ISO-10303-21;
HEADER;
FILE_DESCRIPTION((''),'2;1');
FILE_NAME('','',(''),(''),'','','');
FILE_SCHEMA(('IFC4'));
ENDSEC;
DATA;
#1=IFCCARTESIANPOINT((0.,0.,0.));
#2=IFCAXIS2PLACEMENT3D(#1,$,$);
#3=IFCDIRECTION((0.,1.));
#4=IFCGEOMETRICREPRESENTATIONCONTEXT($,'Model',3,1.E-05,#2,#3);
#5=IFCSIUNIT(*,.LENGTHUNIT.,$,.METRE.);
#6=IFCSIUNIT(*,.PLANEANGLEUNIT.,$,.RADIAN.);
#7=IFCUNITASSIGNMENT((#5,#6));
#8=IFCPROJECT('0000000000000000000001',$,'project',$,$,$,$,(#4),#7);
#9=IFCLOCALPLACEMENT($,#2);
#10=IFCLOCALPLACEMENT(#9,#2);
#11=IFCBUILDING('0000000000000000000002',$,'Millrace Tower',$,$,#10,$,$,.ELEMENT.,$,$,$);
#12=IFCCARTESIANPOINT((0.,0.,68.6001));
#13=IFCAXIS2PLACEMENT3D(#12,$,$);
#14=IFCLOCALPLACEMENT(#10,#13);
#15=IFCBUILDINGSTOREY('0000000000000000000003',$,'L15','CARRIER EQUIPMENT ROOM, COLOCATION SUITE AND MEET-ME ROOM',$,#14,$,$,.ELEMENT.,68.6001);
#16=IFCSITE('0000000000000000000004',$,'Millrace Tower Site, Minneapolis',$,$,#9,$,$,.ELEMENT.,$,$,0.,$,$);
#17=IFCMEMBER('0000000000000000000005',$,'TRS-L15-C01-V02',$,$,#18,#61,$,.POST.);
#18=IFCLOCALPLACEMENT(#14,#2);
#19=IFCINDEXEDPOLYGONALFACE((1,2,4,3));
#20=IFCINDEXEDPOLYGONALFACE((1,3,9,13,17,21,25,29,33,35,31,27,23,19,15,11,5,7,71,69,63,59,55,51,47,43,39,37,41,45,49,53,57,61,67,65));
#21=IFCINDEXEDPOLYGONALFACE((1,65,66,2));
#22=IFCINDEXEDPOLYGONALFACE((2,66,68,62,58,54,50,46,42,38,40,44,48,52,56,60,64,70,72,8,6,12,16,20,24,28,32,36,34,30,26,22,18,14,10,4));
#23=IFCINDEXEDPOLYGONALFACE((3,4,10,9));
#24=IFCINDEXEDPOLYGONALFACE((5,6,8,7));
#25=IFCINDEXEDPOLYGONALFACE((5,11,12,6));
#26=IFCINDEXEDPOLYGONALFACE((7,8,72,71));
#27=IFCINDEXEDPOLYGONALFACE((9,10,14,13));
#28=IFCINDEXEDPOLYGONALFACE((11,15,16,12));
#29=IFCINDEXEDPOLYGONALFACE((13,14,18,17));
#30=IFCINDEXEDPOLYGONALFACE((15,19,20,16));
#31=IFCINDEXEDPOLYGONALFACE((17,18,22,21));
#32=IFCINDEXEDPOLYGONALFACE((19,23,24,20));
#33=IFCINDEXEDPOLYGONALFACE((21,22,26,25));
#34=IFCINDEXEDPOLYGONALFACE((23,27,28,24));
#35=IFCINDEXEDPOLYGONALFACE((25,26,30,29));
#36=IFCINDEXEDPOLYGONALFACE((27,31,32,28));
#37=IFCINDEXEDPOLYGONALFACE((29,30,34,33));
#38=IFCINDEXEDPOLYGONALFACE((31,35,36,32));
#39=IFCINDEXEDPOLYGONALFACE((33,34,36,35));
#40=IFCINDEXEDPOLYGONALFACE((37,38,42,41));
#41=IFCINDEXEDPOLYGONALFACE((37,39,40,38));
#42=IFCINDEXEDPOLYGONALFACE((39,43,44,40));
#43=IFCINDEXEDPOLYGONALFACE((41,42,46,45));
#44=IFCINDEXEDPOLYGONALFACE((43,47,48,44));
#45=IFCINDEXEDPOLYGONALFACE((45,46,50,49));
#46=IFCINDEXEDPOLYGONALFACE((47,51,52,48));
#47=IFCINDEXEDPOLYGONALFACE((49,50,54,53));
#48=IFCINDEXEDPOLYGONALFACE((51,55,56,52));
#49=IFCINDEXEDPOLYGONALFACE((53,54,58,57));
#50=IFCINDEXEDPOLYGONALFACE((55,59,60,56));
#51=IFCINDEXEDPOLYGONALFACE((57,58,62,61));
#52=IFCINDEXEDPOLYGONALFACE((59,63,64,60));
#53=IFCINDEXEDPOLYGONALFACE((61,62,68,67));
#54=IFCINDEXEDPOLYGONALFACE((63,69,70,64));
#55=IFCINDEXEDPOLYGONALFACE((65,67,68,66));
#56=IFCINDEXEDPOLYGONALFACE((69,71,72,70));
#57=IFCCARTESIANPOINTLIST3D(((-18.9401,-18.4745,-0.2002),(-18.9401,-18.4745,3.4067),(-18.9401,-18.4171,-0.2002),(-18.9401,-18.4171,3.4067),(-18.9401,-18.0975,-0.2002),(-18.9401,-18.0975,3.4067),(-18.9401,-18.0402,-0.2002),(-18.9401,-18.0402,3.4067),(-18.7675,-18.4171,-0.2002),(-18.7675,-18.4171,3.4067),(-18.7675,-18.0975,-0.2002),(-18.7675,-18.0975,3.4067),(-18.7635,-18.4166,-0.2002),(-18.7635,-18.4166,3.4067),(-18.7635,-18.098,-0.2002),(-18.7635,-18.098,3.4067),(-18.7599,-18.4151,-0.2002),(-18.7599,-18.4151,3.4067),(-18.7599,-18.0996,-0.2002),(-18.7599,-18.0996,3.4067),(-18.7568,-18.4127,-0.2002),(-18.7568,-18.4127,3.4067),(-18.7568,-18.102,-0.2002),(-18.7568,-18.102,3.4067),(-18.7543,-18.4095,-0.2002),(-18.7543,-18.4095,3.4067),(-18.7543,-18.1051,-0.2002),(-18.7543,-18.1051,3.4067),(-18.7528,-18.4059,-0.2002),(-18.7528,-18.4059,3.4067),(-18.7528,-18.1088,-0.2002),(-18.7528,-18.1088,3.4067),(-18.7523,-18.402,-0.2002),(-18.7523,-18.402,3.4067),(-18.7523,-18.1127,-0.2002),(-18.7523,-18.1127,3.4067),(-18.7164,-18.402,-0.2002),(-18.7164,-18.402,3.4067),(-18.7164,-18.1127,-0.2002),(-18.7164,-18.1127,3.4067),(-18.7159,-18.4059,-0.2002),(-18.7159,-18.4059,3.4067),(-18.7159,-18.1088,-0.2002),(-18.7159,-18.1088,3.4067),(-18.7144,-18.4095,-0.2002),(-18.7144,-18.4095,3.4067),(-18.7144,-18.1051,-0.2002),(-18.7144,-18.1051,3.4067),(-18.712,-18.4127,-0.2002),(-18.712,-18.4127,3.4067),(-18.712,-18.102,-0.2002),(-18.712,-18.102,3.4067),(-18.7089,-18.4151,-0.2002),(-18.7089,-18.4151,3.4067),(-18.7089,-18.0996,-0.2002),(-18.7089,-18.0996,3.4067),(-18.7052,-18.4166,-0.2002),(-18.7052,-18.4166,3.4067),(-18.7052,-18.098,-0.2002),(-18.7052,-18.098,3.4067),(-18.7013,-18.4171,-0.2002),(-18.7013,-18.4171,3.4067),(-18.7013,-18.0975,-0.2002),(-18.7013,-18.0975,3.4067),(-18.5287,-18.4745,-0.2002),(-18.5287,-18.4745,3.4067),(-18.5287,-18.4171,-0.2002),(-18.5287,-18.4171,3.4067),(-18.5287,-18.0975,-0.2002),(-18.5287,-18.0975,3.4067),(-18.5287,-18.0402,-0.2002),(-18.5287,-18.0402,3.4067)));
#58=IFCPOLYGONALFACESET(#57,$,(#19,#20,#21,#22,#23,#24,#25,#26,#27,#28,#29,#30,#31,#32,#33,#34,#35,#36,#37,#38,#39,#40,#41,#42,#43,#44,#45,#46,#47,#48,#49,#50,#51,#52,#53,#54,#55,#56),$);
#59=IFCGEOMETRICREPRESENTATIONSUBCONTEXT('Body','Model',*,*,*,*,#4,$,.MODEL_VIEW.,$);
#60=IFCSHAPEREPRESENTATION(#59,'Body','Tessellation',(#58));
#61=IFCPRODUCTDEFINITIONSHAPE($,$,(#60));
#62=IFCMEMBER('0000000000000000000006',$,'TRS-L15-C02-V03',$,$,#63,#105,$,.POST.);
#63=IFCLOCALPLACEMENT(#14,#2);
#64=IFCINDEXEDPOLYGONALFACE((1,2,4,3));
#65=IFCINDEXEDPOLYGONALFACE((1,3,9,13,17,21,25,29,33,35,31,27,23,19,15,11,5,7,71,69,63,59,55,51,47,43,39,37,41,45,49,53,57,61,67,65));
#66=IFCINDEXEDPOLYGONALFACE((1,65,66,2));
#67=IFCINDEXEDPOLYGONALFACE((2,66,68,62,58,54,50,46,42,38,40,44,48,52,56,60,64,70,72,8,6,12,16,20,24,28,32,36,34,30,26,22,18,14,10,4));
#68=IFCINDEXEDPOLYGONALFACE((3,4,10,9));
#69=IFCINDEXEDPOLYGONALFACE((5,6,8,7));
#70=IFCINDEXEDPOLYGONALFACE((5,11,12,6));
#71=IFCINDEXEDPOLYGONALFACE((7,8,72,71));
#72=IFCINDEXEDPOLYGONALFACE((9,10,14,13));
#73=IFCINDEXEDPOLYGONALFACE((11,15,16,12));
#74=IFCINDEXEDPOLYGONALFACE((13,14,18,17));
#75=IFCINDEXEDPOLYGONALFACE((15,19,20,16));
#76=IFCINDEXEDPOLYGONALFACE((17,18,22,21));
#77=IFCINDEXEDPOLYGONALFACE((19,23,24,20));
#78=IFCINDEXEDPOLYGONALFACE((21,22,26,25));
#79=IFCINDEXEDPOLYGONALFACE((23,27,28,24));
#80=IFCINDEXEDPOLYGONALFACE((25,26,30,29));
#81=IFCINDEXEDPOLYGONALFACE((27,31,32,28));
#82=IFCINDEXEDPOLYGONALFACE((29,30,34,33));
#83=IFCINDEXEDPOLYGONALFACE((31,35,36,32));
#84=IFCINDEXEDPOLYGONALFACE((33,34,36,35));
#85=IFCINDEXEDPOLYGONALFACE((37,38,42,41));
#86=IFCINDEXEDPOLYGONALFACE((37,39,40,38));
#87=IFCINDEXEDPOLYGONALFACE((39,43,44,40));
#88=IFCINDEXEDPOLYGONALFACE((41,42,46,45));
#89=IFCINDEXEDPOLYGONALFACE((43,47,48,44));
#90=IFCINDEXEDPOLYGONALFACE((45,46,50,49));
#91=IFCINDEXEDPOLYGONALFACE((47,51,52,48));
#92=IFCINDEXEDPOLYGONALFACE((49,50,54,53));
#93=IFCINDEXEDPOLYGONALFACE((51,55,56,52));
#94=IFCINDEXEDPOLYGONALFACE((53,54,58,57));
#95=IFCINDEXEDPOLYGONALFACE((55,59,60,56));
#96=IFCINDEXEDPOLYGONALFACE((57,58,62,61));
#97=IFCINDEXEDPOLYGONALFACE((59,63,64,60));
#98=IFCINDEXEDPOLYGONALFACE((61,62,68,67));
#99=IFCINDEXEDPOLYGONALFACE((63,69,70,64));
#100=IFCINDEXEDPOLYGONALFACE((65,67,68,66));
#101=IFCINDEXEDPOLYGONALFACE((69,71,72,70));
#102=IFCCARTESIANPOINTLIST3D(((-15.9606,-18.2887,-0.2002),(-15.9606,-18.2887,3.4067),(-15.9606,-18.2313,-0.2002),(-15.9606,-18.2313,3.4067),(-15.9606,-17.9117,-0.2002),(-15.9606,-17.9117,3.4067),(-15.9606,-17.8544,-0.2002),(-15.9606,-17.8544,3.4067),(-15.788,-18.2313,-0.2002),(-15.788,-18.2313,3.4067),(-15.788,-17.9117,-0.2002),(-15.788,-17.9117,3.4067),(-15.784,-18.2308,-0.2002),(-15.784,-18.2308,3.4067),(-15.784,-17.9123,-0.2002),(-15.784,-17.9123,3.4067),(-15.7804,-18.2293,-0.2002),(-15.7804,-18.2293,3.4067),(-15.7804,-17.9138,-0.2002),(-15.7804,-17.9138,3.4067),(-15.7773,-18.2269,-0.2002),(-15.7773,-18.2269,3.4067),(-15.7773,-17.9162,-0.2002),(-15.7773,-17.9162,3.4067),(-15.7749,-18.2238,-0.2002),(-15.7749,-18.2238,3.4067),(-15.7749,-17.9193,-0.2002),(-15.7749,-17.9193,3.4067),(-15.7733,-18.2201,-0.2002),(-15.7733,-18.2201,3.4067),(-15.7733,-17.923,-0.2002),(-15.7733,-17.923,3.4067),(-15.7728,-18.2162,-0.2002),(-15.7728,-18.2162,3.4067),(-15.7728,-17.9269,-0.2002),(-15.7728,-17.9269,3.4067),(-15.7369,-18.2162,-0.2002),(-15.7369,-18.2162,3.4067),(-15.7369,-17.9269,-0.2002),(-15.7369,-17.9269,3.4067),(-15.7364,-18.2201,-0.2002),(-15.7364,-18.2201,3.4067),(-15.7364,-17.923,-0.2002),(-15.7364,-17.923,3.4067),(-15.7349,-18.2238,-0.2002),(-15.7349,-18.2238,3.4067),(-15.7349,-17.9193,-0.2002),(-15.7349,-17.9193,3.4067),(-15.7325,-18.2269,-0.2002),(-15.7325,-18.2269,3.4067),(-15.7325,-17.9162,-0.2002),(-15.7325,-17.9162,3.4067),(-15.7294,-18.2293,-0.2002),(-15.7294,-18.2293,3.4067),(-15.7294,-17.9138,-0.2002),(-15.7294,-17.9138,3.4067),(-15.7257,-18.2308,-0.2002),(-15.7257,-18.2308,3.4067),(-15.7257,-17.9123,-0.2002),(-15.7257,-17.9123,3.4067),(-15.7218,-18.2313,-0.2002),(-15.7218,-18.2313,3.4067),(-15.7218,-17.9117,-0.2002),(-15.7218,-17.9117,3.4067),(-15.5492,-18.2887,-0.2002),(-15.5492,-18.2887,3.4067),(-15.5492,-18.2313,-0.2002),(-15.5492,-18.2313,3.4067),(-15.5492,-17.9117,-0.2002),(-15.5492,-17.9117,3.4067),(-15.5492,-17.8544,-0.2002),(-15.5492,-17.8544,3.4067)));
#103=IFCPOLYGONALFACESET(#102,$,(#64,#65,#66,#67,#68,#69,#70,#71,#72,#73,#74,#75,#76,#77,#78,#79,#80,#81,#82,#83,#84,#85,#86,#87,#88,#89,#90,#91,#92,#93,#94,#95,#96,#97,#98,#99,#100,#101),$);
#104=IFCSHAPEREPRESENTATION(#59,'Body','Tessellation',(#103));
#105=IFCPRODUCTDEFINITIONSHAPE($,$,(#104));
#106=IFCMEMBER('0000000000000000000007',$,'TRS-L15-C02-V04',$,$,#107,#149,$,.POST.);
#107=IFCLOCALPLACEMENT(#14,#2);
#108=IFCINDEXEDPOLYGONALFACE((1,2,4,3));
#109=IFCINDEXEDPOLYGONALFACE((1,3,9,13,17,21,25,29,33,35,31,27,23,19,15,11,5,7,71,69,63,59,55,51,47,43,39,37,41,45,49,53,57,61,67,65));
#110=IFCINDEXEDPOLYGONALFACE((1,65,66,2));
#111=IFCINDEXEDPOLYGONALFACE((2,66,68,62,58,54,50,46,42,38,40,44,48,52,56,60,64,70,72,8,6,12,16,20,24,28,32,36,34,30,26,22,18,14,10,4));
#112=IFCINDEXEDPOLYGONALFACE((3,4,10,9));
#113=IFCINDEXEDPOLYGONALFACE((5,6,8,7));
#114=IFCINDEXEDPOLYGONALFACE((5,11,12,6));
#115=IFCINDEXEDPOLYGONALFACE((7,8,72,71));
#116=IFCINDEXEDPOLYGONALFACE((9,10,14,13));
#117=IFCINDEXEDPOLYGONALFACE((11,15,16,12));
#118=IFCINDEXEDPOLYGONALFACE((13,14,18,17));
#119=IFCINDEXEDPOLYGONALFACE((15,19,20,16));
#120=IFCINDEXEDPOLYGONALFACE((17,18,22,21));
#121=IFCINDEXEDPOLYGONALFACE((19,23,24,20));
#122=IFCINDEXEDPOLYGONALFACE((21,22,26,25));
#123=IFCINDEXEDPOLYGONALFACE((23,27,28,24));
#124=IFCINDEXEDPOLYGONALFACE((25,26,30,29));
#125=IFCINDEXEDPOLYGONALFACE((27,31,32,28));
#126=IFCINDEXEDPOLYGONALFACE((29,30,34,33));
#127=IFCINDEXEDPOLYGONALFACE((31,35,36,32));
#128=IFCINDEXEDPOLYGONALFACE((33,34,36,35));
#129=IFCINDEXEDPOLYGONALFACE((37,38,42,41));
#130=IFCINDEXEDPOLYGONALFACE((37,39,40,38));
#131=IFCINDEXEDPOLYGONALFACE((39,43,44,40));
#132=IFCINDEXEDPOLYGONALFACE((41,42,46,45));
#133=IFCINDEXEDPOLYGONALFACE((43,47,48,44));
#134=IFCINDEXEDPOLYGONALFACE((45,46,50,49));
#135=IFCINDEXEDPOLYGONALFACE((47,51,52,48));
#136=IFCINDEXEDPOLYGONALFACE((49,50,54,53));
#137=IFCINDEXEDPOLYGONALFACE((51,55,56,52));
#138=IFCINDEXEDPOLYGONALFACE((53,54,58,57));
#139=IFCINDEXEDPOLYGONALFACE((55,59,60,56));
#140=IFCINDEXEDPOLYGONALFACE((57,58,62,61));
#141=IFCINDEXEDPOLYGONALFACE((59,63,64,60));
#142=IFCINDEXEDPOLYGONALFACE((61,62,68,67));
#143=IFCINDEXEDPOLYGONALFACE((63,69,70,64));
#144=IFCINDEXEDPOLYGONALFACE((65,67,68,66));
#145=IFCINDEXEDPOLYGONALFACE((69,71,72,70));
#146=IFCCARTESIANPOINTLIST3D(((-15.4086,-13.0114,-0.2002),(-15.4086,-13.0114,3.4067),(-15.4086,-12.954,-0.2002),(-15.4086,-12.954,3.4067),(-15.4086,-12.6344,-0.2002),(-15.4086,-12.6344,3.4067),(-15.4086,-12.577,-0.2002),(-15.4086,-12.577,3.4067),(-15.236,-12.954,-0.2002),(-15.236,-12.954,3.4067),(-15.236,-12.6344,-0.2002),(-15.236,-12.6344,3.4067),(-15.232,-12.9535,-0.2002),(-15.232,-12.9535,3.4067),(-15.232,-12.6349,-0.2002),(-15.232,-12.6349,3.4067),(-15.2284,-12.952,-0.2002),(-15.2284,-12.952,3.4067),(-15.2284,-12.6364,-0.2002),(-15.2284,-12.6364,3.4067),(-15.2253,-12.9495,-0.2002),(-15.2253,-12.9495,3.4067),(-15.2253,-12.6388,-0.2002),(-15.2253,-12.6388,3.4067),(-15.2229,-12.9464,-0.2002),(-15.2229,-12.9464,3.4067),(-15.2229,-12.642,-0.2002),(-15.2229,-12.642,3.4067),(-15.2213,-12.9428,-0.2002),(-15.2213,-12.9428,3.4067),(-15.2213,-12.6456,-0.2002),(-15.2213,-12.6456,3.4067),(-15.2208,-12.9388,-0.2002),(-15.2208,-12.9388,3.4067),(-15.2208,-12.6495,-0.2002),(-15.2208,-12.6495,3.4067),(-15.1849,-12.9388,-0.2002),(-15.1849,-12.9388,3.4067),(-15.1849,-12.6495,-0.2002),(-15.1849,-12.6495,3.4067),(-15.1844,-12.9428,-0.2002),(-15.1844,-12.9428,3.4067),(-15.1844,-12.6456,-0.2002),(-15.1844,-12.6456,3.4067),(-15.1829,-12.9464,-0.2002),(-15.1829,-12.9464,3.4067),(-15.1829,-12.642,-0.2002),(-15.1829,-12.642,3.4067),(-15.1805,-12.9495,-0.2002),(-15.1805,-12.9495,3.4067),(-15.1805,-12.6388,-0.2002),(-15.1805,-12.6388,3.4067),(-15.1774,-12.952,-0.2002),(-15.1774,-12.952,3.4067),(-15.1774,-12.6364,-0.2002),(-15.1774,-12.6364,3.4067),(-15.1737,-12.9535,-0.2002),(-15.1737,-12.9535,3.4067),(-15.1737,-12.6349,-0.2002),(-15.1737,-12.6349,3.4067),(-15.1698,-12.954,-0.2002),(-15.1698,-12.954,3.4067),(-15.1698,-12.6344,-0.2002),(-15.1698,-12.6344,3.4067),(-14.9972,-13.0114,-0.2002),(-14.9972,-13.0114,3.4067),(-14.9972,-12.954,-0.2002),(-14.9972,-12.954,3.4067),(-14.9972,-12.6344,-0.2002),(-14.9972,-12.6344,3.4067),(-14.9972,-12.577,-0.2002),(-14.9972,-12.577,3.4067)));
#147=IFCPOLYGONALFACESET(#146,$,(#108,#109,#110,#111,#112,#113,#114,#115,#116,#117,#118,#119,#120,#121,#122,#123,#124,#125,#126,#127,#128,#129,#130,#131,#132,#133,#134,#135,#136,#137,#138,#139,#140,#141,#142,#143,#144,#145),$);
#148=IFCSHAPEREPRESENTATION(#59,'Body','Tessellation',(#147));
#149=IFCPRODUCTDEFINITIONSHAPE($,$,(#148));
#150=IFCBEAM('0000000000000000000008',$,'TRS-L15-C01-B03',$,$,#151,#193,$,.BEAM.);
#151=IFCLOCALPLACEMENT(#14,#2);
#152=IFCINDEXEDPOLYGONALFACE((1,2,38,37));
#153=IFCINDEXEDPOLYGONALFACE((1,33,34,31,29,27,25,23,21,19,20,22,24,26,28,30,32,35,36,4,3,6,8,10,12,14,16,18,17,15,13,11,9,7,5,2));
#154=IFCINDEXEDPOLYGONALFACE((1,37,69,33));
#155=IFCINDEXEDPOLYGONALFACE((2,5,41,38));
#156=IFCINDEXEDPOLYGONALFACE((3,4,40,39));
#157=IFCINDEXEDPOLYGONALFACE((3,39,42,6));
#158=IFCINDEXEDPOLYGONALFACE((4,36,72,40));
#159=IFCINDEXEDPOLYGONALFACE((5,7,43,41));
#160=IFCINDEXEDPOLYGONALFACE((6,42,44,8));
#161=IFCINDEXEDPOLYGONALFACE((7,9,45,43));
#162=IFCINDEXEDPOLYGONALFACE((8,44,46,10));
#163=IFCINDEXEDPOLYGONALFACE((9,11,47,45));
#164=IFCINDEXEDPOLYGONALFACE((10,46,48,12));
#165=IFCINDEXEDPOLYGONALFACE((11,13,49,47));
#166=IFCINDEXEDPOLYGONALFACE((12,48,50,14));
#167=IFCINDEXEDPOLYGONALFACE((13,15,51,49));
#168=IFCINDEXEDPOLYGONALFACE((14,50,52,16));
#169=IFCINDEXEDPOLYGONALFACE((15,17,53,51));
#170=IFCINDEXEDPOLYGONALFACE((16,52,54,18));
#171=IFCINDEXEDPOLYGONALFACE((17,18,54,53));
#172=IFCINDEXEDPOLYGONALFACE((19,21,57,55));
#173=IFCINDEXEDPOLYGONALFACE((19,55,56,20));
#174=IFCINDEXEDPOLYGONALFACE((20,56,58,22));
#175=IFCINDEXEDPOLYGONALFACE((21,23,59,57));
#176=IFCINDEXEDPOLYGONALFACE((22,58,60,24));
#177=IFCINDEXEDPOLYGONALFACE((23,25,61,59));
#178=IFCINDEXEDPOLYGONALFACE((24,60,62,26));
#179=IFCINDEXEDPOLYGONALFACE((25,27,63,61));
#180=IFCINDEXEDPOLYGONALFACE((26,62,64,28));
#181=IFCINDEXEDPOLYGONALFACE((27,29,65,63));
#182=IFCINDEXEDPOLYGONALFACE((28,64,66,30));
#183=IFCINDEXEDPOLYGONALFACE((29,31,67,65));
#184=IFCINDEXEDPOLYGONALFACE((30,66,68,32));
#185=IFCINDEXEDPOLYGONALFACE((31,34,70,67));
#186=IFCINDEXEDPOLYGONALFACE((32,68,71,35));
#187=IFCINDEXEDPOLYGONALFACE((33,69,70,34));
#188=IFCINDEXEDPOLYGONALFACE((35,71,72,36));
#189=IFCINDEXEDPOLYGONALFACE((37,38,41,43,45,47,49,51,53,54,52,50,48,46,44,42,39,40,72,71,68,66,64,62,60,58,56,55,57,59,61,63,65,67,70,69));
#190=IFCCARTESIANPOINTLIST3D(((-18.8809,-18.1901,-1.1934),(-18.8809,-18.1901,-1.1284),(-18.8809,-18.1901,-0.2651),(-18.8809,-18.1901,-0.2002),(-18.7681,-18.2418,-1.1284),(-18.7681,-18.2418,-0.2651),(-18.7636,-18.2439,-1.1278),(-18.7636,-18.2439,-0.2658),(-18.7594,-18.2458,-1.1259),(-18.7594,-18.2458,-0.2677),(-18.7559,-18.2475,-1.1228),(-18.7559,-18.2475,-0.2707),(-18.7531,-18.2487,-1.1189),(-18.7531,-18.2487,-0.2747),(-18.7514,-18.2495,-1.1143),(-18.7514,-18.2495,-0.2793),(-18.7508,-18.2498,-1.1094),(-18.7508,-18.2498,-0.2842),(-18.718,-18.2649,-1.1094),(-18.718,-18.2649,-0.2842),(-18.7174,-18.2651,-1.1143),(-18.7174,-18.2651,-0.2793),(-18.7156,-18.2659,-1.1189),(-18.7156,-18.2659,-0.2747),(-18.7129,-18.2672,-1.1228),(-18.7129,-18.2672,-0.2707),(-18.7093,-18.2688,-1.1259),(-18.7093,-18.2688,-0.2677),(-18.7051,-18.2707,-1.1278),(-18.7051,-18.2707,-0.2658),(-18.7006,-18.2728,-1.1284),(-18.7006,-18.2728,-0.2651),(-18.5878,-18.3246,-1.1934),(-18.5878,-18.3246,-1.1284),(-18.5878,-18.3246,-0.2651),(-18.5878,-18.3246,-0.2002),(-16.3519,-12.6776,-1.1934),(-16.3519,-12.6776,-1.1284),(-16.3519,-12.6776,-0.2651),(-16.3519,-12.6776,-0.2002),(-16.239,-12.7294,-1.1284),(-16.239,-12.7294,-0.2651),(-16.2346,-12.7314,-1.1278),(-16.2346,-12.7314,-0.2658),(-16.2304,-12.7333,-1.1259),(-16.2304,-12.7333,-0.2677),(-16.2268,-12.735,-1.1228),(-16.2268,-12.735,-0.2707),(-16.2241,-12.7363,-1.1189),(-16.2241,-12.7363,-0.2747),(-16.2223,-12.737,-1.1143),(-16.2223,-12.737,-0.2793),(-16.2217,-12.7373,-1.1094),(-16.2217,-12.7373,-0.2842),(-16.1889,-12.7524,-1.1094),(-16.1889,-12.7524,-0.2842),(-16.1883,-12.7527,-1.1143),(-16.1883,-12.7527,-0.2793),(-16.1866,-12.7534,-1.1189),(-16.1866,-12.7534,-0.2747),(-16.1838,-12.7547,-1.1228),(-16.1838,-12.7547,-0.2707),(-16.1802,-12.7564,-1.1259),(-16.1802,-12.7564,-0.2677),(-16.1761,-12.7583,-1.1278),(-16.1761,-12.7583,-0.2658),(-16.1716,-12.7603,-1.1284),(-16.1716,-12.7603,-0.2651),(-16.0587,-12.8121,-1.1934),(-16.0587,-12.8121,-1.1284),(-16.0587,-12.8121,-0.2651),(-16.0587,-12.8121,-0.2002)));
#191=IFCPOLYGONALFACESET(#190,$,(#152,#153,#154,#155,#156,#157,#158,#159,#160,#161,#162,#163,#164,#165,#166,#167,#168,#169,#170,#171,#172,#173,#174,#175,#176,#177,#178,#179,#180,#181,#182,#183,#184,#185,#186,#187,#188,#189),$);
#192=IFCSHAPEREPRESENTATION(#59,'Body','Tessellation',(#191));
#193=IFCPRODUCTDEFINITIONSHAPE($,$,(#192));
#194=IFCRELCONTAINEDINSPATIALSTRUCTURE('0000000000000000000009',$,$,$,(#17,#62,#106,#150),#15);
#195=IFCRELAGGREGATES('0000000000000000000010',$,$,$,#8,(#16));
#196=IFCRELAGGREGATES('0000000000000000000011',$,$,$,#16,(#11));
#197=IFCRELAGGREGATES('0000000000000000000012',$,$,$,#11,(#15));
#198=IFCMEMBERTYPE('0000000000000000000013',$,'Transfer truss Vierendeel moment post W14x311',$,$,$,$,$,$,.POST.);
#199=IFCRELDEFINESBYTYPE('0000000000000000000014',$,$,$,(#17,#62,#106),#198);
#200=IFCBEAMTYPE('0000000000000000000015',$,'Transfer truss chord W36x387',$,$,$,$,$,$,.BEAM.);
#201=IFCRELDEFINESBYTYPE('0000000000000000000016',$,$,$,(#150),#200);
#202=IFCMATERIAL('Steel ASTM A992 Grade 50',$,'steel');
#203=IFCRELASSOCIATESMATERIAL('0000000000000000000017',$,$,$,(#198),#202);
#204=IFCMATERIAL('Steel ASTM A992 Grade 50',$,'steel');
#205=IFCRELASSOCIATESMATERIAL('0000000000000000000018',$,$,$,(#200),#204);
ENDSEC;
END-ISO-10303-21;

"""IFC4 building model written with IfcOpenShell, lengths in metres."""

from ifc_helpers import new_model, si_unit, direction, frame, origin, origin_2d, place, context, subcontext, project, spatial, i_section, extrude, material, material_profile, profile_set, type_object, element, save


model = new_model("IFC4")

# Units and contexts
model_context = context("Model", 3, precision=1e-05, world=origin(), true_north=direction((0.0, 1.0)))
body_context = subcontext(model_context, "Body", "Model", "MODEL_VIEW")
ifc_project = project(units=[si_unit("LENGTHUNIT", "METRE"), si_unit("PLANEANGLEUNIT", "RADIAN")], contexts=[model_context])

# Site, building, storey
site_placement = place(None, origin())
site = spatial("IfcSite", under=ifc_project, at=site_placement, Name="Millrace Tower Site, Minneapolis", CompositionType="ELEMENT", RefElevation=0.0)
building_placement = place(site_placement, origin())
building = spatial("IfcBuilding", under=site, at=building_placement, Name="Millrace Tower", CompositionType="ELEMENT")
storey_placement = place(building_placement, frame((0.0, 0.0, 68.6001)))
storey = spatial("IfcBuildingStorey", under=building, at=storey_placement, Name="L15", Description="CARRIER EQUIPMENT ROOM, COLOCATION SUITE AND MEET-ME ROOM", CompositionType="ELEMENT", Elevation=68.6001)

# Members
ifc_material_1 = material(Name="Steel ASTM A992 Grade 50", Category="steel")
ifc_material_profile_1 = material_profile(ifc_material_1, i_section(OverallWidth=0.4114, OverallDepth=0.4343, WebThickness=0.0359, FlangeThickness=0.0574, FilletRadius=0.0151, at=origin_2d()))
ifc_profile_set_1 = profile_set([ifc_material_profile_1], Name="Steel ASTM A992 Grade 50")
member_type = type_object("IfcMemberType", Name="Transfer truss Vierendeel moment post W14x311", PredefinedType="POST", material=ifc_profile_set_1)
for number, where, z_axis, x_axis, name in (
    (1, (-18.7344, -18.2573, -0.2002), (0.0, 0.0, 1.0), (1.0, 0.0, 0.0), "TRS-L15-C01-V02"),
    (2, (-15.7549, -18.0715, -0.2002), (0.0, 0.0, 1.0), (1.0, 0.0, 0.0), "TRS-L15-C02-V03"),
    (3, (-15.2029, -12.7942, -0.2002), (0.0, 0.0, 1.0), (1.0, 0.0, 0.0), "TRS-L15-C02-V04"),
):
    element("IfcMember", number, at=place(storey_placement, frame(where, z_axis=z_axis, x_axis=x_axis)), inside=storey, type_object=member_type, Name=name, PredefinedType="POST", context=body_context, shape_type="SweptSolid", body=[
        extrude(i_section(OverallWidth=0.4114, OverallDepth=0.4343, WebThickness=0.0359, FlangeThickness=0.0574, FilletRadius=0.0151, at=origin_2d()), origin(), (0.0, 0.0, 1.0), 3.6069),
    ])

# Beam
ifc_material_2 = material(Name="Steel ASTM A992 Grade 50", Category="steel")
ifc_material_profile_2 = material_profile(ifc_material_2, i_section(OverallWidth=0.3225, OverallDepth=0.9932, WebThickness=0.0361, FlangeThickness=0.0649, FilletRadius=0.019, at=origin_2d()))
ifc_profile_set_2 = profile_set([ifc_material_profile_2], Name="Steel ASTM A992 Grade 50")
beam_type_1 = type_object("IfcBeamType", Name="Transfer truss chord W36x387", PredefinedType="BEAM", material=ifc_profile_set_2)
for number, where, z_axis, x_axis, name in (
    (4, (-18.7344, -18.2573, -0.6968), (0.416997, 0.908908, 0.0), (-0.908908, 0.416997, 0.0), "TRS-L15-C01-B03"),
):
    element("IfcBeam", number, at=place(storey_placement, frame(where, z_axis=z_axis, x_axis=x_axis)), inside=storey, type_object=beam_type_1, Name=name, PredefinedType="BEAM", context=body_context, shape_type="SweptSolid", body=[
        extrude(i_section(OverallWidth=0.3225, OverallDepth=0.9932, WebThickness=0.0361, FlangeThickness=0.0649, FilletRadius=0.019, at=origin_2d()), origin(), (0.0, 0.0, 1.0), 6.0649),
    ])

save(model, "model.ifc")
